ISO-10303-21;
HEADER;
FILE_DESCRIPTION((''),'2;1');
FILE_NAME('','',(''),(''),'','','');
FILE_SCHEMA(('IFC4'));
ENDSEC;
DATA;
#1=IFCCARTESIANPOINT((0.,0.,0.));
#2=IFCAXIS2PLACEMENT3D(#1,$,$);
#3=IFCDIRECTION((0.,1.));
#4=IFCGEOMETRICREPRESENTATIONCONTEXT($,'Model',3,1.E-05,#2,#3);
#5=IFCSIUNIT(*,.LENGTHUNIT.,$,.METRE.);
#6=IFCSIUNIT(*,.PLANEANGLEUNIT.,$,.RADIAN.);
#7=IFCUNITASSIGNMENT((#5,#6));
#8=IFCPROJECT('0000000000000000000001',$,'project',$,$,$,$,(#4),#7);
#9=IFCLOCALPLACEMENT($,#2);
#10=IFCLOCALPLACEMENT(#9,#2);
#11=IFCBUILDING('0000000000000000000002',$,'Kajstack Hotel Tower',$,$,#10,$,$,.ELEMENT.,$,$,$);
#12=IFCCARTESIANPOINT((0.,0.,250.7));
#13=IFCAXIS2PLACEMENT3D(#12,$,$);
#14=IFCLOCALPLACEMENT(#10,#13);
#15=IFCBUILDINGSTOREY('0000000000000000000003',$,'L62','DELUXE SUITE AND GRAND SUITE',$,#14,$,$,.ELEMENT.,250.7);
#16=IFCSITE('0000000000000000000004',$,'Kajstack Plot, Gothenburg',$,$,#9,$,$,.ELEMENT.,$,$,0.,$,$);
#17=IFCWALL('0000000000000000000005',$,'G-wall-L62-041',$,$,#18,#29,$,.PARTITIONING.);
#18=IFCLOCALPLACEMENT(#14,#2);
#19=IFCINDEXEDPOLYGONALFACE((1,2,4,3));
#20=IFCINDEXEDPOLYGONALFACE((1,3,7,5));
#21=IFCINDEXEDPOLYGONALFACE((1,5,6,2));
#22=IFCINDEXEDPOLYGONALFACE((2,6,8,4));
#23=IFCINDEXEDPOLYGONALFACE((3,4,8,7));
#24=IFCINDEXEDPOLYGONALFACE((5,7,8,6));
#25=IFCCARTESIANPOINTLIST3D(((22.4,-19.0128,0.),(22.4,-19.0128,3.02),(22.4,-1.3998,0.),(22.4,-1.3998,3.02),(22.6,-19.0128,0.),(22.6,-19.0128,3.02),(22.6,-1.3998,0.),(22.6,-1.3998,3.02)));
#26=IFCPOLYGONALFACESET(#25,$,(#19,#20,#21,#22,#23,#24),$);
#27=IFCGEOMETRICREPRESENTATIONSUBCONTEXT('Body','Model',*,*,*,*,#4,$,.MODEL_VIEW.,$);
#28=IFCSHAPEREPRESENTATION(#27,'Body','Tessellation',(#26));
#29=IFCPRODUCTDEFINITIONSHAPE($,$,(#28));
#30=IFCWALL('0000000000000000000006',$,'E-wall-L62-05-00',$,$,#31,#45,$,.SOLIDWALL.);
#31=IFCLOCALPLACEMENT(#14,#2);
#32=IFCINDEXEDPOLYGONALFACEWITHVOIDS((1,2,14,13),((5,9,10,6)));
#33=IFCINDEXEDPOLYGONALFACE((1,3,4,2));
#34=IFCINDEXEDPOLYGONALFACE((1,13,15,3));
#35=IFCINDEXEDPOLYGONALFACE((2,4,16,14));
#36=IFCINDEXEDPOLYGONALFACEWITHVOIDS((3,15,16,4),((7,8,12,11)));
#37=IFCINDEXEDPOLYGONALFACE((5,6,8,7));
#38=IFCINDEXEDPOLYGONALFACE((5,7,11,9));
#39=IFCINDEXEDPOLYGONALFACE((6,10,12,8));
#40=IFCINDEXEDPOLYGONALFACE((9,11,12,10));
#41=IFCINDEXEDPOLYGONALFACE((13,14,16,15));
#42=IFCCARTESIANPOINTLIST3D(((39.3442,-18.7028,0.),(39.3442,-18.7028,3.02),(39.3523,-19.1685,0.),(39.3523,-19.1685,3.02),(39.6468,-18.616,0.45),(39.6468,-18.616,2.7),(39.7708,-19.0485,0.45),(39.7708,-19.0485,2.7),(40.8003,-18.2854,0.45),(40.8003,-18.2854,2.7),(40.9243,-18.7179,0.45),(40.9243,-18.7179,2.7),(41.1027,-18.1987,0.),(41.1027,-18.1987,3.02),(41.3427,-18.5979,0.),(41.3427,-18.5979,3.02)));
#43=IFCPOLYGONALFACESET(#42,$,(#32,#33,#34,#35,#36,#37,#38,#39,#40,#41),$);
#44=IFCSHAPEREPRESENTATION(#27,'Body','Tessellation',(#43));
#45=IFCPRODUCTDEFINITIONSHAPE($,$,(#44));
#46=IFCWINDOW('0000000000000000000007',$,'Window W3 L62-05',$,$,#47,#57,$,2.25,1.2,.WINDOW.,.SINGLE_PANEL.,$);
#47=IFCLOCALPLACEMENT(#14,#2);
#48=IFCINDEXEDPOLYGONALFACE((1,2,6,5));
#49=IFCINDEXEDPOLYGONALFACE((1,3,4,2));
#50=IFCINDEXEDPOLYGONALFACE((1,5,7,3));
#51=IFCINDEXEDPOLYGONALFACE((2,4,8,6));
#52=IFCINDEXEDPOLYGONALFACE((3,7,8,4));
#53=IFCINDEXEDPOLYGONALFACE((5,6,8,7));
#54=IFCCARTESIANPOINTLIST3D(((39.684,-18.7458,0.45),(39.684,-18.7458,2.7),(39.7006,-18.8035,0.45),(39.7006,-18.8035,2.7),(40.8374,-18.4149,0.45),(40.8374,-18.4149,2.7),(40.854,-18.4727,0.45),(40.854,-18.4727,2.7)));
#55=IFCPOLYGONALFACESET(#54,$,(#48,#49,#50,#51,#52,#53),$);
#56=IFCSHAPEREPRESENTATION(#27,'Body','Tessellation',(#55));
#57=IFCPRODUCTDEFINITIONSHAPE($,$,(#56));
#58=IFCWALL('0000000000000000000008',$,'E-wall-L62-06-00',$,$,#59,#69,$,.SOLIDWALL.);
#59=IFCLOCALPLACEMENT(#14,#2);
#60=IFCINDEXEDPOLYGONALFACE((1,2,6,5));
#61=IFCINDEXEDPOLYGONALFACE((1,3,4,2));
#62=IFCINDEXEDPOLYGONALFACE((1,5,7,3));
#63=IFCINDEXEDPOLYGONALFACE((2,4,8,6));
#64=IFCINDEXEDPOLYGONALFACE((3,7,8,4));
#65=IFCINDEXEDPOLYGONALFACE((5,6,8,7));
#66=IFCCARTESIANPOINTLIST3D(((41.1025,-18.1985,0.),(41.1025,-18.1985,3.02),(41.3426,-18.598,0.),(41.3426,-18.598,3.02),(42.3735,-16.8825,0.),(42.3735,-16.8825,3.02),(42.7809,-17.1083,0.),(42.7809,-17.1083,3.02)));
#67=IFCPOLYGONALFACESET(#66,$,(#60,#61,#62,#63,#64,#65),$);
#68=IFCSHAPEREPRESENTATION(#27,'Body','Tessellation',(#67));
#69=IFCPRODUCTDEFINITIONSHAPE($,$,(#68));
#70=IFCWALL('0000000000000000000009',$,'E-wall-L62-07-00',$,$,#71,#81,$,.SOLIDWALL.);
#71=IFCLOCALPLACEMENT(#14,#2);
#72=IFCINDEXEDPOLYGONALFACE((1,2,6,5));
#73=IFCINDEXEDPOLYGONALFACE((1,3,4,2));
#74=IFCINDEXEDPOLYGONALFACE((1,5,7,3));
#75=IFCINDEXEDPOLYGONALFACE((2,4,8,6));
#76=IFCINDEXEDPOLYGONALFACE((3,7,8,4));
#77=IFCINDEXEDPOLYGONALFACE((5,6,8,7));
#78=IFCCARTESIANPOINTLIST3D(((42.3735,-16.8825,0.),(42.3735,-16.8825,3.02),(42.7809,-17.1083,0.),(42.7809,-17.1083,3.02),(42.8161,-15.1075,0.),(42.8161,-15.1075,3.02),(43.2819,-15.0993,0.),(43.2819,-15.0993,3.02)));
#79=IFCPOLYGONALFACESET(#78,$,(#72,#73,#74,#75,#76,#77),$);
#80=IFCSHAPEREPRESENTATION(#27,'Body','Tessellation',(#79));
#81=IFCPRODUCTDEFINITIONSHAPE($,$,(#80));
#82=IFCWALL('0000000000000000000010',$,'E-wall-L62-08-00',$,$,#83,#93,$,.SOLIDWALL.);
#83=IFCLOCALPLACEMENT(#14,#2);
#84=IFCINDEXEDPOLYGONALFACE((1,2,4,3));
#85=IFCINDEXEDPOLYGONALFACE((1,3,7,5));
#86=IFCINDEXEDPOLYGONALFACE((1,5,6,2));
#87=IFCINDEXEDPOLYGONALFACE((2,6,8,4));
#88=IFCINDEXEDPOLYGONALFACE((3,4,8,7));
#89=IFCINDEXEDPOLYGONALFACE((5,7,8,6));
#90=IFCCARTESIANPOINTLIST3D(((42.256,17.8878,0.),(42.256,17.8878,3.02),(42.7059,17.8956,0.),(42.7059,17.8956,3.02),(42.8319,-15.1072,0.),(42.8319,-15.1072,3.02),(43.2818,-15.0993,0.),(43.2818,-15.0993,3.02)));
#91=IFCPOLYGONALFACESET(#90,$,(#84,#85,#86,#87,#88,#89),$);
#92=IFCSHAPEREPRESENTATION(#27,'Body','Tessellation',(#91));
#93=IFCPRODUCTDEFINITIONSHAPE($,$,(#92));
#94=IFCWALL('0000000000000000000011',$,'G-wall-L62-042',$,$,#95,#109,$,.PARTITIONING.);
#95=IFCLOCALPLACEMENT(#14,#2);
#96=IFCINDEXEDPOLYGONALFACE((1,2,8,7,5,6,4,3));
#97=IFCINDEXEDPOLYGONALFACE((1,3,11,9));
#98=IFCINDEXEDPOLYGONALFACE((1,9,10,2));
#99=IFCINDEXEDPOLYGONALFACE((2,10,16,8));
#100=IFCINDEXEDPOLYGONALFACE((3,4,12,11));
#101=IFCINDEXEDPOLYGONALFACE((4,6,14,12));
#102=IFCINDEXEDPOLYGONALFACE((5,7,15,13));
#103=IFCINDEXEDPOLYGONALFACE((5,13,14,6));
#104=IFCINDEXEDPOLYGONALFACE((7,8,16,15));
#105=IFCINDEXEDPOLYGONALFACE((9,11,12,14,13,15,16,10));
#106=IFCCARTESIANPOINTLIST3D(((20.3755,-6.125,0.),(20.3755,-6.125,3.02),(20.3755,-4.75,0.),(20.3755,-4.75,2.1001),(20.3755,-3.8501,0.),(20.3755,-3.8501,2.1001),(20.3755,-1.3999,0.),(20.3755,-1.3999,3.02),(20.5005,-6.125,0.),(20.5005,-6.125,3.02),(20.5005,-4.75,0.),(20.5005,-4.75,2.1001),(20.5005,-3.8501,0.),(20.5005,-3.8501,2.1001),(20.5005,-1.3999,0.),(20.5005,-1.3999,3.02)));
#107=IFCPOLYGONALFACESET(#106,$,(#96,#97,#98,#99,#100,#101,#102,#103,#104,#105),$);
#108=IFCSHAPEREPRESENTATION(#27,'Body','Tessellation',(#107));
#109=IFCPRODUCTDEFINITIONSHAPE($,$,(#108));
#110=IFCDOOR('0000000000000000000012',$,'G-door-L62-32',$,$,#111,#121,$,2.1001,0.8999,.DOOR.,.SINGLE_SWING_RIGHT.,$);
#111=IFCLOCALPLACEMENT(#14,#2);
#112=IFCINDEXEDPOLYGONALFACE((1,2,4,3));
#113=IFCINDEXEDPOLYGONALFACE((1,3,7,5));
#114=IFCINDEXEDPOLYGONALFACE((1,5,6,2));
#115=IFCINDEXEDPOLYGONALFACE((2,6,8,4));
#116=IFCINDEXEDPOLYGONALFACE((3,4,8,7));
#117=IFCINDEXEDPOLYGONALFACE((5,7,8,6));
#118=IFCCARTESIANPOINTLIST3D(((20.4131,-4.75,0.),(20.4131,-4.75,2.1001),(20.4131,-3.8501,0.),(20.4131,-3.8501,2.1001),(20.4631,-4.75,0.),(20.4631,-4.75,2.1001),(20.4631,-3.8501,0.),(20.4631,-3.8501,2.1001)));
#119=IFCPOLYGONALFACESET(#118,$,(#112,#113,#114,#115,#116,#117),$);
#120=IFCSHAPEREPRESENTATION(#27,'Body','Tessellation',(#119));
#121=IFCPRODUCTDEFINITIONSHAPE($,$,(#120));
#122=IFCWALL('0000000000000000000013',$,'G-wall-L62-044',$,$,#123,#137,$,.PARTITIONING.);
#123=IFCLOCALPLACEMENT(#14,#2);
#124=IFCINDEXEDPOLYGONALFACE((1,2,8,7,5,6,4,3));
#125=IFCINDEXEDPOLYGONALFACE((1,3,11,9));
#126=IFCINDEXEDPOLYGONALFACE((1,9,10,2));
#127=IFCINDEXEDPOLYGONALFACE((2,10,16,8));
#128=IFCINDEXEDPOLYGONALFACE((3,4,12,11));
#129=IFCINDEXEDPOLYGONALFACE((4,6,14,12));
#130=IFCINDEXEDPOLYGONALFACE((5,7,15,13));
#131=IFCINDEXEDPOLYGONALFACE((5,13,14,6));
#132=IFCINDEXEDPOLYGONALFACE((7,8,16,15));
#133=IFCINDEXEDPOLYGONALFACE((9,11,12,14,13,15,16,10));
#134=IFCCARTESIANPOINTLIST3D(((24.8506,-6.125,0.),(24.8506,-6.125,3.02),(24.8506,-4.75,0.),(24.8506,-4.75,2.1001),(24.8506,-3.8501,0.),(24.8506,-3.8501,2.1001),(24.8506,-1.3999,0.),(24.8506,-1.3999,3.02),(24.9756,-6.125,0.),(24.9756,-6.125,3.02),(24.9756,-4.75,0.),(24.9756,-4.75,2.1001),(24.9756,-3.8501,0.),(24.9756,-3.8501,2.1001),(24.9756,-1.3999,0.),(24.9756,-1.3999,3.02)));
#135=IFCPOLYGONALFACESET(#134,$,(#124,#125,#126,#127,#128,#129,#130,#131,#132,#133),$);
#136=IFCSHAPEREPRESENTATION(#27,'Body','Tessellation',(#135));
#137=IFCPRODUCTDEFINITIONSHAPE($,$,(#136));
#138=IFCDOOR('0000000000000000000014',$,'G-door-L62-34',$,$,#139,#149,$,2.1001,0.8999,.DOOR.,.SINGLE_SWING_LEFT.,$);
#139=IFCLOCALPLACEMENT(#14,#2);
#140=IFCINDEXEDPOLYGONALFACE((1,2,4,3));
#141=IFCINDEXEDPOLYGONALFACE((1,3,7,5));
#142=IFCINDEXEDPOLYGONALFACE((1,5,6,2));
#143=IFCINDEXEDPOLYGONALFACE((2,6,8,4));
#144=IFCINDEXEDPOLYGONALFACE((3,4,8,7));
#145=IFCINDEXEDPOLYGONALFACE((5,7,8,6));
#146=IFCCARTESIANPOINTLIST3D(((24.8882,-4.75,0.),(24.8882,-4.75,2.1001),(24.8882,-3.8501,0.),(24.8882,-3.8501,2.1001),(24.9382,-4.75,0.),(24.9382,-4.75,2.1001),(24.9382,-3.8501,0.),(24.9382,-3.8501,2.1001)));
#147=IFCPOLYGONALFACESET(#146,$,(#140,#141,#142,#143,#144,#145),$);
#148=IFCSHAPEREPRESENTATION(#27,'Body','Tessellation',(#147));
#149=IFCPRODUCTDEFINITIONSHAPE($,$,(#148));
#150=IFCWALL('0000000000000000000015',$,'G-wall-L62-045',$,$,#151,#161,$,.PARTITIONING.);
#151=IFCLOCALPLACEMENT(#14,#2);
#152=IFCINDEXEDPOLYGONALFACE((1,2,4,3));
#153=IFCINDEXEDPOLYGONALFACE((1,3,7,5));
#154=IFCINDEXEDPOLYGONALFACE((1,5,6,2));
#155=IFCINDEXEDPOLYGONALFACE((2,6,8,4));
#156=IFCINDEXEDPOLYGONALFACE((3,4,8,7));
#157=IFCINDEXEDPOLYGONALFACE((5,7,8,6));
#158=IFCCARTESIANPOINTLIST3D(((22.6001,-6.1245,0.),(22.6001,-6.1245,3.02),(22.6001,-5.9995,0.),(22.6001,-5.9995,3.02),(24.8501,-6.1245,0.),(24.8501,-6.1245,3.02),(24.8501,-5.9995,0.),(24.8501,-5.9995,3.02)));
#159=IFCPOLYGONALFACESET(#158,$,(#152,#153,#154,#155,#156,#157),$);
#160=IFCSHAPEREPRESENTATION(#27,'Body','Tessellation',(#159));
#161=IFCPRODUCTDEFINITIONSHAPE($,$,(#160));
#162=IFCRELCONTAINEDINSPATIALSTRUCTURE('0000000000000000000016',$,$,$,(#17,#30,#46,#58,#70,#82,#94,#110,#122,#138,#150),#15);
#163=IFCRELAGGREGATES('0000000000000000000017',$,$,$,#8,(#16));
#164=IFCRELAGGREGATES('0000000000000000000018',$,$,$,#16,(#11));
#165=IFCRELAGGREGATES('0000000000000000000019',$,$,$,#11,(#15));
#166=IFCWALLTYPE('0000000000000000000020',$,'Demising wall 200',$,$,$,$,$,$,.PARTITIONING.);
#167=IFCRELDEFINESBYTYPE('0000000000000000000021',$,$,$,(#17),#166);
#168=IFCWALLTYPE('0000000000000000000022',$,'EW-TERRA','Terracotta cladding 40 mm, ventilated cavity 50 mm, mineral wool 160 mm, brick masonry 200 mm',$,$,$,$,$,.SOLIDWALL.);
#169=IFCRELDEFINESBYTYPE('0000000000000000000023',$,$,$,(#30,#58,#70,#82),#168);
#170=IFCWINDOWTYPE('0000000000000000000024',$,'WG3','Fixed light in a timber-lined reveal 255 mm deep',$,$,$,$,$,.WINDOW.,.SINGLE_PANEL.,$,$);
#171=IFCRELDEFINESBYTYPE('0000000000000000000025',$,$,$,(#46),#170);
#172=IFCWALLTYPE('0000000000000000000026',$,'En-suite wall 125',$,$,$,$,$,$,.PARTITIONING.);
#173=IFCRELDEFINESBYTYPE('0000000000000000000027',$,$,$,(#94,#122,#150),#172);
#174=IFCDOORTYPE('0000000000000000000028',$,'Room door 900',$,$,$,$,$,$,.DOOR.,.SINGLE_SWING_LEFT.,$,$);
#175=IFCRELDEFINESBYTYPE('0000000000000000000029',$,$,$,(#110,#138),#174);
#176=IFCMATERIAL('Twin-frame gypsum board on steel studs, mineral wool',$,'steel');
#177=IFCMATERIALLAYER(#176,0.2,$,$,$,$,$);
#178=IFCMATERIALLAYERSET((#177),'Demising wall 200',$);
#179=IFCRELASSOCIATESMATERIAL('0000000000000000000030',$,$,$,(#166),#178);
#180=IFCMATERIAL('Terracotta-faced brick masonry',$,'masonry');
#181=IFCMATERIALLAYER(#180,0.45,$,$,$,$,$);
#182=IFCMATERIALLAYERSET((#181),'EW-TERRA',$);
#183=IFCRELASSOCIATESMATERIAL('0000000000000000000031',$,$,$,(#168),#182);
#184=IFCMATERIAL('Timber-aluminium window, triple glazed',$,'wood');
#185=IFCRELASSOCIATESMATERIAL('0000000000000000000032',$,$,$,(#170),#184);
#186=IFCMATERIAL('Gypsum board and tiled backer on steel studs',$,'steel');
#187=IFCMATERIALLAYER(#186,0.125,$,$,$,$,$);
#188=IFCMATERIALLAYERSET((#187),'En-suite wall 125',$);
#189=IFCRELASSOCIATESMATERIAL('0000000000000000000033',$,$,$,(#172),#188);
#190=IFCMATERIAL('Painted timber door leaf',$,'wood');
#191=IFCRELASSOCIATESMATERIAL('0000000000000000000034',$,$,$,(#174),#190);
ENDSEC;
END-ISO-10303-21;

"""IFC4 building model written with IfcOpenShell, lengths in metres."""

from ifc_helpers import new_model, si_unit, direction, frame, frame_2d, origin, place, context, subcontext, project, spatial, polyline, rectangle, outline, extrude, material, layer, layer_set, type_object, element, fill, save


model = new_model("IFC4")

# Units and contexts
model_context = context("Model", 3, precision=1e-05, world=origin(), true_north=direction((0.0, 1.0)))
body_context = subcontext(model_context, "Body", "Model", "MODEL_VIEW")
ifc_project = project(units=[si_unit("LENGTHUNIT", "METRE"), si_unit("PLANEANGLEUNIT", "RADIAN")], contexts=[model_context])

# Site, building, storey
site_placement = place(None, origin())
site = spatial("IfcSite", under=ifc_project, at=site_placement, Name="Kajstack Plot, Gothenburg", CompositionType="ELEMENT", RefElevation=0.0)
building_placement = place(site_placement, origin())
building = spatial("IfcBuilding", under=site, at=building_placement, Name="Kajstack Hotel Tower", CompositionType="ELEMENT")
storey_placement = place(building_placement, frame((0.0, 0.0, 250.7)))
storey = spatial("IfcBuildingStorey", under=building, at=storey_placement, Name="L62", Description="DELUXE SUITE AND GRAND SUITE", CompositionType="ELEMENT", Elevation=250.7)

# Wall
ifc_material_1 = material(Name="Twin-frame gypsum board on steel studs, mineral wool", Category="steel")
ifc_layer_1 = layer(ifc_material_1, 0.2)
ifc_layer_set_1 = layer_set([ifc_layer_1], Name="Demising wall 200")
wall_type_1 = type_object("IfcWallType", Name="Demising wall 200", PredefinedType="PARTITIONING", material=ifc_layer_set_1)
wall_1_placement = place(storey_placement, frame((22.5, -19.0129, 0.0), z_axis=(0.0, 0.0, 1.0), x_axis=(0.0, 1.0, 0.0)))
element("IfcWall", 1, at=wall_1_placement, inside=storey, type_object=wall_type_1, Name="G-wall-L62-041", PredefinedType="PARTITIONING", context=body_context, shape_type="SweptSolid", body=[
    extrude(rectangle(XDim=17.613, YDim=0.2, at=frame_2d((8.8066, 0.0))), origin(), (0.0, 0.0, 1.0), 3.02),
])

# Wall, opening, window
ifc_material_2 = material(Name="Terracotta-faced brick masonry", Category="masonry")
ifc_layer_2 = layer(ifc_material_2, 0.45)
ifc_layer_set_2 = layer_set([ifc_layer_2], Name="EW-TERRA")
wall_type_2 = type_object("IfcWallType", Name="EW-TERRA", Description="Terracotta cladding 40 mm, ventilated cavity 50 mm, mineral wool 160 mm, brick masonry 200 mm", PredefinedType="SOLIDWALL", material=ifc_layer_set_2)
wall_2_placement = place(storey_placement, frame((39.2903, -18.9524, 0.0), z_axis=(0.0, 0.0, 1.0), x_axis=(0.961248, 0.275687, 0.0)))
wall_2 = element("IfcWall", 2, at=wall_2_placement, inside=storey, type_object=wall_type_2, Name="E-wall-L62-05-00", PredefinedType="SOLIDWALL", context=body_context, shape_type="SweptSolid", body=[
    extrude(outline(polyline([(0.0, -0.2249), (2.0706, -0.2251), (1.95, 0.2249), (0.1206, 0.2251), (0.0, -0.2249)])), origin(), (0.0, 0.0, 1.0), 3.02),
])
opening_1_placement = place(wall_2_placement, frame((0.4353, 0.0, 0.45)))
opening_1 = element("IfcOpeningElement", 3, at=opening_1_placement, cuts=wall_2, PredefinedType="OPENING", context=body_context, shape_type="SweptSolid", body=[
    extrude(rectangle(XDim=1.2, YDim=2.25, at=frame_2d((0.6001, 1.125))), frame((0.0, 0.2349, 0.0), z_axis=(0.0, -1.0, 0.0), x_axis=(1.0, 0.0, 0.0)), (0.0, 0.0, 1.0), 0.47),
])
ifc_material_3 = material(Name="Timber-aluminium window, triple glazed", Category="wood")
window_type = type_object("IfcWindowType", Name="WG3", Description="Fixed light in a timber-lined reveal 255 mm deep", PartitioningType="SINGLE_PANEL", PredefinedType="WINDOW", material=ifc_material_3)
window_placement = place(opening_1_placement, origin())
window = element("IfcWindow", 4, at=window_placement, inside=storey, type_object=window_type, Name="Window W3 L62-05", OverallHeight=2.25, OverallWidth=1.2, PartitioningType="SINGLE_PANEL", PredefinedType="WINDOW", context=body_context, shape_type="SweptSolid", body=[
    extrude(rectangle(XDim=1.2, YDim=2.25, at=frame_2d((0.6001, 1.125))), frame((0.0, 0.0901, 0.0), z_axis=(0.0, -1.0, 0.0), x_axis=(1.0, 0.0, 0.0)), (0.0, 0.0, 1.0), 0.0601),
])
fill(opening_1, window)

# Walls
wall_3_placement = place(storey_placement, frame((41.1807, -18.4417, 0.0), z_axis=(0.0, 0.0, 1.0), x_axis=(0.694679, 0.71932, 0.0)))
element("IfcWall", 5, at=wall_3_placement, inside=storey, type_object=wall_type_2, Name="E-wall-L62-06-00", PredefinedType="SOLIDWALL", context=body_context, shape_type="SweptSolid", body=[
    extrude(outline(polyline([(0.0, -0.2251), (2.0708, -0.2249), (1.9502, 0.2251), (0.1206, 0.2251), (0.0, -0.2251)])), origin(), (0.0, 0.0, 1.0), 3.02),
])
wall_4_placement = place(storey_placement, frame((42.5627, -17.054, 0.0), z_axis=(0.0, 0.0, 1.0), x_axis=(0.241842, 0.970316, 0.0)))
element("IfcWall", 6, at=wall_4_placement, inside=storey, type_object=wall_type_2, Name="E-wall-L62-07-00", PredefinedType="SOLIDWALL", context=body_context, shape_type="SweptSolid", body=[
    extrude(outline(polyline([(0.0, -0.2249), (2.0706, -0.2251), (1.95, 0.2249), (0.1206, 0.2251), (0.0, -0.2249)])), origin(), (0.0, 0.0, 1.0), 3.02),
])
wall_5_placement = place(storey_placement, frame((43.0569, -15.1033, 0.0), z_axis=(0.0, 0.0, 1.0), x_axis=(-0.017452, 0.999848, 0.0)))
element("IfcWall", 7, at=wall_5_placement, inside=storey, type_object=wall_type_2, Name="E-wall-L62-08-00", PredefinedType="SOLIDWALL", context=body_context, shape_type="SweptSolid", body=[
    extrude(rectangle(XDim=33.0, YDim=0.45, at=frame_2d((16.5, 0.0))), origin(), (0.0, 0.0, 1.0), 3.02),
])

# Walls, openings, doors
ifc_material_4 = material(Name="Gypsum board and tiled backer on steel studs", Category="steel")
ifc_layer_3 = layer(ifc_material_4, 0.125)
ifc_layer_set_3 = layer_set([ifc_layer_3], Name="En-suite wall 125")
wall_type_3 = type_object("IfcWallType", Name="En-suite wall 125", PredefinedType="PARTITIONING", material=ifc_layer_set_3)
wall_6_placement = place(storey_placement, frame((20.438, -6.125, 0.0), z_axis=(0.0, 0.0, 1.0), x_axis=(0.0, 1.0, 0.0)))
wall_6 = element("IfcWall", 8, at=wall_6_placement, inside=storey, type_object=wall_type_3, Name="G-wall-L62-042", PredefinedType="PARTITIONING", context=body_context, shape_type="SweptSolid", body=[
    extrude(rectangle(XDim=4.7251, YDim=0.125, at=frame_2d((2.3625, 0.0))), origin(), (0.0, 0.0, 1.0), 3.02),
])
opening_2_placement = place(wall_6_placement, frame((1.375, 0.0, 0.0)))
opening_2 = element("IfcOpeningElement", 9, at=opening_2_placement, cuts=wall_6, PredefinedType="OPENING", context=body_context, shape_type="SweptSolid", body=[
    extrude(rectangle(XDim=0.8999, YDim=2.1001, at=frame_2d((0.45, 1.05))), frame((0.0, 0.0725, 0.0), z_axis=(0.0, -1.0, 0.0), x_axis=(1.0, 0.0, 0.0)), (0.0, 0.0, 1.0), 0.145),
])
ifc_material_5 = material(Name="Painted timber door leaf", Category="wood")
door_type_1 = type_object("IfcDoorType", Name="Room door 900", OperationType="SINGLE_SWING_LEFT", PredefinedType="DOOR", material=ifc_material_5)
door_1_placement = place(opening_2_placement, origin())
door_1 = element("IfcDoor", 10, at=door_1_placement, inside=storey, type_object=door_type_1, Name="G-door-L62-32", OperationType="SINGLE_SWING_RIGHT", OverallHeight=2.1001, OverallWidth=0.8999, PredefinedType="DOOR", context=body_context, shape_type="SweptSolid", body=[
    extrude(rectangle(XDim=0.8999, YDim=2.1001, at=frame_2d((0.45, 1.05))), frame((0.0, 0.0249, 0.0), z_axis=(0.0, -1.0, 0.0), x_axis=(1.0, 0.0, 0.0)), (0.0, 0.0, 1.0), 0.05),
])
fill(opening_2, door_1)
wall_7_placement = place(storey_placement, frame((24.9131, -6.125, 0.0), z_axis=(0.0, 0.0, 1.0), x_axis=(0.0, 1.0, 0.0)))
wall_7 = element("IfcWall", 11, at=wall_7_placement, inside=storey, type_object=wall_type_3, Name="G-wall-L62-044", PredefinedType="PARTITIONING", context=body_context, shape_type="SweptSolid", body=[
    extrude(rectangle(XDim=4.7251, YDim=0.125, at=frame_2d((2.3625, 0.0))), origin(), (0.0, 0.0, 1.0), 3.02),
])
opening_3_placement = place(wall_7_placement, frame((1.375, 0.0, 0.0)))
opening_3 = element("IfcOpeningElement", 12, at=opening_3_placement, cuts=wall_7, PredefinedType="OPENING", context=body_context, shape_type="SweptSolid", body=[
    extrude(rectangle(XDim=0.8999, YDim=2.1001, at=frame_2d((0.45, 1.05))), frame((0.0, 0.0725, 0.0), z_axis=(0.0, -1.0, 0.0), x_axis=(1.0, 0.0, 0.0)), (0.0, 0.0, 1.0), 0.145),
])
door_2_placement = place(opening_3_placement, origin())
door_2 = element("IfcDoor", 13, at=door_2_placement, inside=storey, type_object=door_type_1, Name="G-door-L62-34", OperationType="SINGLE_SWING_LEFT", OverallHeight=2.1001, OverallWidth=0.8999, PredefinedType="DOOR", context=body_context, shape_type="SweptSolid", body=[
    extrude(rectangle(XDim=0.8999, YDim=2.1001, at=frame_2d((0.45, 1.05))), frame((0.0, 0.0249, 0.0), z_axis=(0.0, -1.0, 0.0), x_axis=(1.0, 0.0, 0.0)), (0.0, 0.0, 1.0), 0.05),
])
fill(opening_3, door_2)

# Wall
wall_8_placement = place(storey_placement, frame((22.6001, -6.062, 0.0), z_axis=(0.0, 0.0, 1.0), x_axis=(1.0, 0.0, 0.0)))
element("IfcWall", 14, at=wall_8_placement, inside=storey, type_object=wall_type_3, Name="G-wall-L62-045", PredefinedType="PARTITIONING", context=body_context, shape_type="SweptSolid", body=[
    extrude(rectangle(XDim=2.25, YDim=0.125, at=frame_2d((1.125, 0.0))), origin(), (0.0, 0.0, 1.0), 3.02),
])

save(model, "model.ifc")
